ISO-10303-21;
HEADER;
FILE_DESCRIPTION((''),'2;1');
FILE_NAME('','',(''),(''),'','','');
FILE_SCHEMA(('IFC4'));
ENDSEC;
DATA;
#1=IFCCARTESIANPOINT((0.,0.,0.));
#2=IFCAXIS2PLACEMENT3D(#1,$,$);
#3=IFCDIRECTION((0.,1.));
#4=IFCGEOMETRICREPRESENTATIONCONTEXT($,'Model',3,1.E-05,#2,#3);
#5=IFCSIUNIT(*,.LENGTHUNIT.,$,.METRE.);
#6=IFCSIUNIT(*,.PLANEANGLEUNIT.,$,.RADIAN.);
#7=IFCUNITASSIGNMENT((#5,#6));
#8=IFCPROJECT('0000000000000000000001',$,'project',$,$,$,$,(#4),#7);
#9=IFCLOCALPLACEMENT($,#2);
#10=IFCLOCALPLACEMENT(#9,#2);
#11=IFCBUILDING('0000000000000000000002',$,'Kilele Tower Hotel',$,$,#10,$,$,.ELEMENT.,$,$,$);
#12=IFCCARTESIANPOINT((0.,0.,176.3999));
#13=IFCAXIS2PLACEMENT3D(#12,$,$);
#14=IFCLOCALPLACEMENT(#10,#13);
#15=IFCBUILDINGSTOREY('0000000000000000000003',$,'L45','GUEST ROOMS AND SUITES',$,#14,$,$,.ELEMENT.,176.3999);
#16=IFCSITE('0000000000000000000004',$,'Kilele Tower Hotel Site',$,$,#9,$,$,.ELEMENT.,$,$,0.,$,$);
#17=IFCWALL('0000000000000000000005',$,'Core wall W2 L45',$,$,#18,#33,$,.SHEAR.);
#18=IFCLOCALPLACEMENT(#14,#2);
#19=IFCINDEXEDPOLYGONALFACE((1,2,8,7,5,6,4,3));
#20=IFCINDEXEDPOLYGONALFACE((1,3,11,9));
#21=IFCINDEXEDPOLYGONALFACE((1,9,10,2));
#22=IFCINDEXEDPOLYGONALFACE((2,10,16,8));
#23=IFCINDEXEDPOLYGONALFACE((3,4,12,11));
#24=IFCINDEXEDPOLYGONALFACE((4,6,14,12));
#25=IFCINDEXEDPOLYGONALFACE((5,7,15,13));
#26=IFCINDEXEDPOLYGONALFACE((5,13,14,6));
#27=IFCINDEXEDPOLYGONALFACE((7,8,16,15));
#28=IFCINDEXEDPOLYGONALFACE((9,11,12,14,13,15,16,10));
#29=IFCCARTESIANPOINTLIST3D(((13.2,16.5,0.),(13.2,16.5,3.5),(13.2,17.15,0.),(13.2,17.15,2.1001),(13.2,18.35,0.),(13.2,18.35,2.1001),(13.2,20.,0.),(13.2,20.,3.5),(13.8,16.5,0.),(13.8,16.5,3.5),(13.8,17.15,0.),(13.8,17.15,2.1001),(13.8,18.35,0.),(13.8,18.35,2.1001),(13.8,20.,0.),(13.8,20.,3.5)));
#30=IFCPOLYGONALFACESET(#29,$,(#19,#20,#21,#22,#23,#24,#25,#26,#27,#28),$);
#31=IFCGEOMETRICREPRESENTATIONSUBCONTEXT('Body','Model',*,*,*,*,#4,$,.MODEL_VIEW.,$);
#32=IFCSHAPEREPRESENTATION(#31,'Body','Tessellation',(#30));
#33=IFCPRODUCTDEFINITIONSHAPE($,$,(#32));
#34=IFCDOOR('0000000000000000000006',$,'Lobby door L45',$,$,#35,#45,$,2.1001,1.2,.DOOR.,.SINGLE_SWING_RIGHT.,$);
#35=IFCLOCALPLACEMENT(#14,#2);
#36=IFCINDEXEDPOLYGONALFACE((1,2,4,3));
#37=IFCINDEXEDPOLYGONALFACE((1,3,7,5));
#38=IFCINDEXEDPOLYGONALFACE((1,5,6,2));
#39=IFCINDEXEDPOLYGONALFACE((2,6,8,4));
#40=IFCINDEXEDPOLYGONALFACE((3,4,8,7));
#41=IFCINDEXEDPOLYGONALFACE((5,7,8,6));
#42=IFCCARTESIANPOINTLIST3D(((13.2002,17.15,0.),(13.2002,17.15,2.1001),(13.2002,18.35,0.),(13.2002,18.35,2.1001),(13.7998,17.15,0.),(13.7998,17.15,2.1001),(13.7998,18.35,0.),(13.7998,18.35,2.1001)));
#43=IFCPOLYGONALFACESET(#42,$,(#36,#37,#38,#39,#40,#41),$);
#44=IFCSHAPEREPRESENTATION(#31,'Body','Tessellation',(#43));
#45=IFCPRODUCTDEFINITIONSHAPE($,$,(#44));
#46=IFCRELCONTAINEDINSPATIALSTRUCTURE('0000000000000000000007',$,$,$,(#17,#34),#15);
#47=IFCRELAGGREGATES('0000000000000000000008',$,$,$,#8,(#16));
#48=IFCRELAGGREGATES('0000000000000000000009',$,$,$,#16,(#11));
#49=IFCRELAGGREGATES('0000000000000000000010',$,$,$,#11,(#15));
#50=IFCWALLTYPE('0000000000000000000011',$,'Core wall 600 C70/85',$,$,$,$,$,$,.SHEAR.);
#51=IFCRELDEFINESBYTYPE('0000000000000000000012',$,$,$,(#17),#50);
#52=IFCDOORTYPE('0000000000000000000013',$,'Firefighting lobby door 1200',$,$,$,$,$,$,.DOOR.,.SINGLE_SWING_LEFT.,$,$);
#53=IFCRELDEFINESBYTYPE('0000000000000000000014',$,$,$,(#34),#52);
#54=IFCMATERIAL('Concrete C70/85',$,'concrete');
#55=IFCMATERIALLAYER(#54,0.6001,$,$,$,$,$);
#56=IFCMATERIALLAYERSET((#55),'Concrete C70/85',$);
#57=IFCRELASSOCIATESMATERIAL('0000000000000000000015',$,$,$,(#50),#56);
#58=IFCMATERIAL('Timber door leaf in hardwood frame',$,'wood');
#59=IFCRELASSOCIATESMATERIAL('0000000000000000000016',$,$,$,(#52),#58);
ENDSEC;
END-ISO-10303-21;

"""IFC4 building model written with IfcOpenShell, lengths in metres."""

from ifc_helpers import new_model, si_unit, direction, frame, frame_2d, origin, place, context, subcontext, project, spatial, rectangle, extrude, material, layer, layer_set, type_object, element, fill, save


model = new_model("IFC4")

# Units and contexts
model_context = context("Model", 3, precision=1e-05, world=origin(), true_north=direction((0.0, 1.0)))
body_context = subcontext(model_context, "Body", "Model", "MODEL_VIEW")
ifc_project = project(units=[si_unit("LENGTHUNIT", "METRE"), si_unit("PLANEANGLEUNIT", "RADIAN")], contexts=[model_context])

# Site, building, storey
site_placement = place(None, origin())
site = spatial("IfcSite", under=ifc_project, at=site_placement, Name="Kilele Tower Hotel Site", CompositionType="ELEMENT", RefElevation=0.0)
building_placement = place(site_placement, origin())
building = spatial("IfcBuilding", under=site, at=building_placement, Name="Kilele Tower Hotel", CompositionType="ELEMENT")
storey_placement = place(building_placement, frame((0.0, 0.0, 176.3999)))
storey = spatial("IfcBuildingStorey", under=building, at=storey_placement, Name="L45", Description="GUEST ROOMS AND SUITES", CompositionType="ELEMENT", Elevation=176.3999)

# Shared definitions
ifc_material_1 = material(Name="Concrete C70/85", Category="concrete")
ifc_layer = layer(ifc_material_1, 0.6001)
ifc_layer_set = layer_set([ifc_layer], Name="Concrete C70/85")
wall_type = type_object("IfcWallType", Name="Core wall 600 C70/85", PredefinedType="SHEAR", material=ifc_layer_set)
ifc_material_2 = material(Name="Timber door leaf in hardwood frame", Category="wood")
door_type_1 = type_object("IfcDoorType", Name="Firefighting lobby door 1200", OperationType="SINGLE_SWING_LEFT", PredefinedType="DOOR", material=ifc_material_2)

# Wall, opening, door
wall_1_placement = place(storey_placement, frame((13.5, 20.0, 0.0), z_axis=(0.0, 0.0, 1.0), x_axis=(0.0, -1.0, 0.0)))
wall_1 = element("IfcWall", 1, at=wall_1_placement, inside=storey, type_object=wall_type, Name="Core wall W2 L45", PredefinedType="SHEAR", context=body_context, shape_type="SweptSolid", body=[
    extrude(rectangle(XDim=3.5, YDim=0.6001, at=frame_2d((1.75, 0.0))), origin(), (0.0, 0.0, 1.0), 3.5),
])
opening_1_placement = place(wall_1_placement, frame((1.6499, 0.0, 0.0)))
opening_1 = element("IfcOpeningElement", 2, at=opening_1_placement, cuts=wall_1, PredefinedType="OPENING", context=body_context, shape_type="SweptSolid", body=[
    extrude(rectangle(XDim=1.2, YDim=2.1001, at=frame_2d((0.6001, 1.05))), frame((0.0, 0.3101, 0.0), z_axis=(0.0, -1.0, 0.0), x_axis=(1.0, 0.0, 0.0)), (0.0, 0.0, 1.0), 0.6201),
])
door_1_placement = place(opening_1_placement, origin())
door_1 = element("IfcDoor", 3, at=door_1_placement, inside=storey, type_object=door_type_1, Name="Lobby door L45", OperationType="SINGLE_SWING_RIGHT", OverallHeight=2.1001, OverallWidth=1.2, PredefinedType="DOOR", context=body_context, shape_type="SweptSolid", body=[
    extrude(rectangle(XDim=1.2, YDim=2.1001, at=frame_2d((0.6001, 1.05))), frame((0.0, 0.2998, 0.0), z_axis=(0.0, -1.0, 0.0), x_axis=(1.0, 0.0, 0.0)), (0.0, 0.0, 1.0), 0.5996),
])
fill(opening_1, door_1)

save(model, "model.ifc")
